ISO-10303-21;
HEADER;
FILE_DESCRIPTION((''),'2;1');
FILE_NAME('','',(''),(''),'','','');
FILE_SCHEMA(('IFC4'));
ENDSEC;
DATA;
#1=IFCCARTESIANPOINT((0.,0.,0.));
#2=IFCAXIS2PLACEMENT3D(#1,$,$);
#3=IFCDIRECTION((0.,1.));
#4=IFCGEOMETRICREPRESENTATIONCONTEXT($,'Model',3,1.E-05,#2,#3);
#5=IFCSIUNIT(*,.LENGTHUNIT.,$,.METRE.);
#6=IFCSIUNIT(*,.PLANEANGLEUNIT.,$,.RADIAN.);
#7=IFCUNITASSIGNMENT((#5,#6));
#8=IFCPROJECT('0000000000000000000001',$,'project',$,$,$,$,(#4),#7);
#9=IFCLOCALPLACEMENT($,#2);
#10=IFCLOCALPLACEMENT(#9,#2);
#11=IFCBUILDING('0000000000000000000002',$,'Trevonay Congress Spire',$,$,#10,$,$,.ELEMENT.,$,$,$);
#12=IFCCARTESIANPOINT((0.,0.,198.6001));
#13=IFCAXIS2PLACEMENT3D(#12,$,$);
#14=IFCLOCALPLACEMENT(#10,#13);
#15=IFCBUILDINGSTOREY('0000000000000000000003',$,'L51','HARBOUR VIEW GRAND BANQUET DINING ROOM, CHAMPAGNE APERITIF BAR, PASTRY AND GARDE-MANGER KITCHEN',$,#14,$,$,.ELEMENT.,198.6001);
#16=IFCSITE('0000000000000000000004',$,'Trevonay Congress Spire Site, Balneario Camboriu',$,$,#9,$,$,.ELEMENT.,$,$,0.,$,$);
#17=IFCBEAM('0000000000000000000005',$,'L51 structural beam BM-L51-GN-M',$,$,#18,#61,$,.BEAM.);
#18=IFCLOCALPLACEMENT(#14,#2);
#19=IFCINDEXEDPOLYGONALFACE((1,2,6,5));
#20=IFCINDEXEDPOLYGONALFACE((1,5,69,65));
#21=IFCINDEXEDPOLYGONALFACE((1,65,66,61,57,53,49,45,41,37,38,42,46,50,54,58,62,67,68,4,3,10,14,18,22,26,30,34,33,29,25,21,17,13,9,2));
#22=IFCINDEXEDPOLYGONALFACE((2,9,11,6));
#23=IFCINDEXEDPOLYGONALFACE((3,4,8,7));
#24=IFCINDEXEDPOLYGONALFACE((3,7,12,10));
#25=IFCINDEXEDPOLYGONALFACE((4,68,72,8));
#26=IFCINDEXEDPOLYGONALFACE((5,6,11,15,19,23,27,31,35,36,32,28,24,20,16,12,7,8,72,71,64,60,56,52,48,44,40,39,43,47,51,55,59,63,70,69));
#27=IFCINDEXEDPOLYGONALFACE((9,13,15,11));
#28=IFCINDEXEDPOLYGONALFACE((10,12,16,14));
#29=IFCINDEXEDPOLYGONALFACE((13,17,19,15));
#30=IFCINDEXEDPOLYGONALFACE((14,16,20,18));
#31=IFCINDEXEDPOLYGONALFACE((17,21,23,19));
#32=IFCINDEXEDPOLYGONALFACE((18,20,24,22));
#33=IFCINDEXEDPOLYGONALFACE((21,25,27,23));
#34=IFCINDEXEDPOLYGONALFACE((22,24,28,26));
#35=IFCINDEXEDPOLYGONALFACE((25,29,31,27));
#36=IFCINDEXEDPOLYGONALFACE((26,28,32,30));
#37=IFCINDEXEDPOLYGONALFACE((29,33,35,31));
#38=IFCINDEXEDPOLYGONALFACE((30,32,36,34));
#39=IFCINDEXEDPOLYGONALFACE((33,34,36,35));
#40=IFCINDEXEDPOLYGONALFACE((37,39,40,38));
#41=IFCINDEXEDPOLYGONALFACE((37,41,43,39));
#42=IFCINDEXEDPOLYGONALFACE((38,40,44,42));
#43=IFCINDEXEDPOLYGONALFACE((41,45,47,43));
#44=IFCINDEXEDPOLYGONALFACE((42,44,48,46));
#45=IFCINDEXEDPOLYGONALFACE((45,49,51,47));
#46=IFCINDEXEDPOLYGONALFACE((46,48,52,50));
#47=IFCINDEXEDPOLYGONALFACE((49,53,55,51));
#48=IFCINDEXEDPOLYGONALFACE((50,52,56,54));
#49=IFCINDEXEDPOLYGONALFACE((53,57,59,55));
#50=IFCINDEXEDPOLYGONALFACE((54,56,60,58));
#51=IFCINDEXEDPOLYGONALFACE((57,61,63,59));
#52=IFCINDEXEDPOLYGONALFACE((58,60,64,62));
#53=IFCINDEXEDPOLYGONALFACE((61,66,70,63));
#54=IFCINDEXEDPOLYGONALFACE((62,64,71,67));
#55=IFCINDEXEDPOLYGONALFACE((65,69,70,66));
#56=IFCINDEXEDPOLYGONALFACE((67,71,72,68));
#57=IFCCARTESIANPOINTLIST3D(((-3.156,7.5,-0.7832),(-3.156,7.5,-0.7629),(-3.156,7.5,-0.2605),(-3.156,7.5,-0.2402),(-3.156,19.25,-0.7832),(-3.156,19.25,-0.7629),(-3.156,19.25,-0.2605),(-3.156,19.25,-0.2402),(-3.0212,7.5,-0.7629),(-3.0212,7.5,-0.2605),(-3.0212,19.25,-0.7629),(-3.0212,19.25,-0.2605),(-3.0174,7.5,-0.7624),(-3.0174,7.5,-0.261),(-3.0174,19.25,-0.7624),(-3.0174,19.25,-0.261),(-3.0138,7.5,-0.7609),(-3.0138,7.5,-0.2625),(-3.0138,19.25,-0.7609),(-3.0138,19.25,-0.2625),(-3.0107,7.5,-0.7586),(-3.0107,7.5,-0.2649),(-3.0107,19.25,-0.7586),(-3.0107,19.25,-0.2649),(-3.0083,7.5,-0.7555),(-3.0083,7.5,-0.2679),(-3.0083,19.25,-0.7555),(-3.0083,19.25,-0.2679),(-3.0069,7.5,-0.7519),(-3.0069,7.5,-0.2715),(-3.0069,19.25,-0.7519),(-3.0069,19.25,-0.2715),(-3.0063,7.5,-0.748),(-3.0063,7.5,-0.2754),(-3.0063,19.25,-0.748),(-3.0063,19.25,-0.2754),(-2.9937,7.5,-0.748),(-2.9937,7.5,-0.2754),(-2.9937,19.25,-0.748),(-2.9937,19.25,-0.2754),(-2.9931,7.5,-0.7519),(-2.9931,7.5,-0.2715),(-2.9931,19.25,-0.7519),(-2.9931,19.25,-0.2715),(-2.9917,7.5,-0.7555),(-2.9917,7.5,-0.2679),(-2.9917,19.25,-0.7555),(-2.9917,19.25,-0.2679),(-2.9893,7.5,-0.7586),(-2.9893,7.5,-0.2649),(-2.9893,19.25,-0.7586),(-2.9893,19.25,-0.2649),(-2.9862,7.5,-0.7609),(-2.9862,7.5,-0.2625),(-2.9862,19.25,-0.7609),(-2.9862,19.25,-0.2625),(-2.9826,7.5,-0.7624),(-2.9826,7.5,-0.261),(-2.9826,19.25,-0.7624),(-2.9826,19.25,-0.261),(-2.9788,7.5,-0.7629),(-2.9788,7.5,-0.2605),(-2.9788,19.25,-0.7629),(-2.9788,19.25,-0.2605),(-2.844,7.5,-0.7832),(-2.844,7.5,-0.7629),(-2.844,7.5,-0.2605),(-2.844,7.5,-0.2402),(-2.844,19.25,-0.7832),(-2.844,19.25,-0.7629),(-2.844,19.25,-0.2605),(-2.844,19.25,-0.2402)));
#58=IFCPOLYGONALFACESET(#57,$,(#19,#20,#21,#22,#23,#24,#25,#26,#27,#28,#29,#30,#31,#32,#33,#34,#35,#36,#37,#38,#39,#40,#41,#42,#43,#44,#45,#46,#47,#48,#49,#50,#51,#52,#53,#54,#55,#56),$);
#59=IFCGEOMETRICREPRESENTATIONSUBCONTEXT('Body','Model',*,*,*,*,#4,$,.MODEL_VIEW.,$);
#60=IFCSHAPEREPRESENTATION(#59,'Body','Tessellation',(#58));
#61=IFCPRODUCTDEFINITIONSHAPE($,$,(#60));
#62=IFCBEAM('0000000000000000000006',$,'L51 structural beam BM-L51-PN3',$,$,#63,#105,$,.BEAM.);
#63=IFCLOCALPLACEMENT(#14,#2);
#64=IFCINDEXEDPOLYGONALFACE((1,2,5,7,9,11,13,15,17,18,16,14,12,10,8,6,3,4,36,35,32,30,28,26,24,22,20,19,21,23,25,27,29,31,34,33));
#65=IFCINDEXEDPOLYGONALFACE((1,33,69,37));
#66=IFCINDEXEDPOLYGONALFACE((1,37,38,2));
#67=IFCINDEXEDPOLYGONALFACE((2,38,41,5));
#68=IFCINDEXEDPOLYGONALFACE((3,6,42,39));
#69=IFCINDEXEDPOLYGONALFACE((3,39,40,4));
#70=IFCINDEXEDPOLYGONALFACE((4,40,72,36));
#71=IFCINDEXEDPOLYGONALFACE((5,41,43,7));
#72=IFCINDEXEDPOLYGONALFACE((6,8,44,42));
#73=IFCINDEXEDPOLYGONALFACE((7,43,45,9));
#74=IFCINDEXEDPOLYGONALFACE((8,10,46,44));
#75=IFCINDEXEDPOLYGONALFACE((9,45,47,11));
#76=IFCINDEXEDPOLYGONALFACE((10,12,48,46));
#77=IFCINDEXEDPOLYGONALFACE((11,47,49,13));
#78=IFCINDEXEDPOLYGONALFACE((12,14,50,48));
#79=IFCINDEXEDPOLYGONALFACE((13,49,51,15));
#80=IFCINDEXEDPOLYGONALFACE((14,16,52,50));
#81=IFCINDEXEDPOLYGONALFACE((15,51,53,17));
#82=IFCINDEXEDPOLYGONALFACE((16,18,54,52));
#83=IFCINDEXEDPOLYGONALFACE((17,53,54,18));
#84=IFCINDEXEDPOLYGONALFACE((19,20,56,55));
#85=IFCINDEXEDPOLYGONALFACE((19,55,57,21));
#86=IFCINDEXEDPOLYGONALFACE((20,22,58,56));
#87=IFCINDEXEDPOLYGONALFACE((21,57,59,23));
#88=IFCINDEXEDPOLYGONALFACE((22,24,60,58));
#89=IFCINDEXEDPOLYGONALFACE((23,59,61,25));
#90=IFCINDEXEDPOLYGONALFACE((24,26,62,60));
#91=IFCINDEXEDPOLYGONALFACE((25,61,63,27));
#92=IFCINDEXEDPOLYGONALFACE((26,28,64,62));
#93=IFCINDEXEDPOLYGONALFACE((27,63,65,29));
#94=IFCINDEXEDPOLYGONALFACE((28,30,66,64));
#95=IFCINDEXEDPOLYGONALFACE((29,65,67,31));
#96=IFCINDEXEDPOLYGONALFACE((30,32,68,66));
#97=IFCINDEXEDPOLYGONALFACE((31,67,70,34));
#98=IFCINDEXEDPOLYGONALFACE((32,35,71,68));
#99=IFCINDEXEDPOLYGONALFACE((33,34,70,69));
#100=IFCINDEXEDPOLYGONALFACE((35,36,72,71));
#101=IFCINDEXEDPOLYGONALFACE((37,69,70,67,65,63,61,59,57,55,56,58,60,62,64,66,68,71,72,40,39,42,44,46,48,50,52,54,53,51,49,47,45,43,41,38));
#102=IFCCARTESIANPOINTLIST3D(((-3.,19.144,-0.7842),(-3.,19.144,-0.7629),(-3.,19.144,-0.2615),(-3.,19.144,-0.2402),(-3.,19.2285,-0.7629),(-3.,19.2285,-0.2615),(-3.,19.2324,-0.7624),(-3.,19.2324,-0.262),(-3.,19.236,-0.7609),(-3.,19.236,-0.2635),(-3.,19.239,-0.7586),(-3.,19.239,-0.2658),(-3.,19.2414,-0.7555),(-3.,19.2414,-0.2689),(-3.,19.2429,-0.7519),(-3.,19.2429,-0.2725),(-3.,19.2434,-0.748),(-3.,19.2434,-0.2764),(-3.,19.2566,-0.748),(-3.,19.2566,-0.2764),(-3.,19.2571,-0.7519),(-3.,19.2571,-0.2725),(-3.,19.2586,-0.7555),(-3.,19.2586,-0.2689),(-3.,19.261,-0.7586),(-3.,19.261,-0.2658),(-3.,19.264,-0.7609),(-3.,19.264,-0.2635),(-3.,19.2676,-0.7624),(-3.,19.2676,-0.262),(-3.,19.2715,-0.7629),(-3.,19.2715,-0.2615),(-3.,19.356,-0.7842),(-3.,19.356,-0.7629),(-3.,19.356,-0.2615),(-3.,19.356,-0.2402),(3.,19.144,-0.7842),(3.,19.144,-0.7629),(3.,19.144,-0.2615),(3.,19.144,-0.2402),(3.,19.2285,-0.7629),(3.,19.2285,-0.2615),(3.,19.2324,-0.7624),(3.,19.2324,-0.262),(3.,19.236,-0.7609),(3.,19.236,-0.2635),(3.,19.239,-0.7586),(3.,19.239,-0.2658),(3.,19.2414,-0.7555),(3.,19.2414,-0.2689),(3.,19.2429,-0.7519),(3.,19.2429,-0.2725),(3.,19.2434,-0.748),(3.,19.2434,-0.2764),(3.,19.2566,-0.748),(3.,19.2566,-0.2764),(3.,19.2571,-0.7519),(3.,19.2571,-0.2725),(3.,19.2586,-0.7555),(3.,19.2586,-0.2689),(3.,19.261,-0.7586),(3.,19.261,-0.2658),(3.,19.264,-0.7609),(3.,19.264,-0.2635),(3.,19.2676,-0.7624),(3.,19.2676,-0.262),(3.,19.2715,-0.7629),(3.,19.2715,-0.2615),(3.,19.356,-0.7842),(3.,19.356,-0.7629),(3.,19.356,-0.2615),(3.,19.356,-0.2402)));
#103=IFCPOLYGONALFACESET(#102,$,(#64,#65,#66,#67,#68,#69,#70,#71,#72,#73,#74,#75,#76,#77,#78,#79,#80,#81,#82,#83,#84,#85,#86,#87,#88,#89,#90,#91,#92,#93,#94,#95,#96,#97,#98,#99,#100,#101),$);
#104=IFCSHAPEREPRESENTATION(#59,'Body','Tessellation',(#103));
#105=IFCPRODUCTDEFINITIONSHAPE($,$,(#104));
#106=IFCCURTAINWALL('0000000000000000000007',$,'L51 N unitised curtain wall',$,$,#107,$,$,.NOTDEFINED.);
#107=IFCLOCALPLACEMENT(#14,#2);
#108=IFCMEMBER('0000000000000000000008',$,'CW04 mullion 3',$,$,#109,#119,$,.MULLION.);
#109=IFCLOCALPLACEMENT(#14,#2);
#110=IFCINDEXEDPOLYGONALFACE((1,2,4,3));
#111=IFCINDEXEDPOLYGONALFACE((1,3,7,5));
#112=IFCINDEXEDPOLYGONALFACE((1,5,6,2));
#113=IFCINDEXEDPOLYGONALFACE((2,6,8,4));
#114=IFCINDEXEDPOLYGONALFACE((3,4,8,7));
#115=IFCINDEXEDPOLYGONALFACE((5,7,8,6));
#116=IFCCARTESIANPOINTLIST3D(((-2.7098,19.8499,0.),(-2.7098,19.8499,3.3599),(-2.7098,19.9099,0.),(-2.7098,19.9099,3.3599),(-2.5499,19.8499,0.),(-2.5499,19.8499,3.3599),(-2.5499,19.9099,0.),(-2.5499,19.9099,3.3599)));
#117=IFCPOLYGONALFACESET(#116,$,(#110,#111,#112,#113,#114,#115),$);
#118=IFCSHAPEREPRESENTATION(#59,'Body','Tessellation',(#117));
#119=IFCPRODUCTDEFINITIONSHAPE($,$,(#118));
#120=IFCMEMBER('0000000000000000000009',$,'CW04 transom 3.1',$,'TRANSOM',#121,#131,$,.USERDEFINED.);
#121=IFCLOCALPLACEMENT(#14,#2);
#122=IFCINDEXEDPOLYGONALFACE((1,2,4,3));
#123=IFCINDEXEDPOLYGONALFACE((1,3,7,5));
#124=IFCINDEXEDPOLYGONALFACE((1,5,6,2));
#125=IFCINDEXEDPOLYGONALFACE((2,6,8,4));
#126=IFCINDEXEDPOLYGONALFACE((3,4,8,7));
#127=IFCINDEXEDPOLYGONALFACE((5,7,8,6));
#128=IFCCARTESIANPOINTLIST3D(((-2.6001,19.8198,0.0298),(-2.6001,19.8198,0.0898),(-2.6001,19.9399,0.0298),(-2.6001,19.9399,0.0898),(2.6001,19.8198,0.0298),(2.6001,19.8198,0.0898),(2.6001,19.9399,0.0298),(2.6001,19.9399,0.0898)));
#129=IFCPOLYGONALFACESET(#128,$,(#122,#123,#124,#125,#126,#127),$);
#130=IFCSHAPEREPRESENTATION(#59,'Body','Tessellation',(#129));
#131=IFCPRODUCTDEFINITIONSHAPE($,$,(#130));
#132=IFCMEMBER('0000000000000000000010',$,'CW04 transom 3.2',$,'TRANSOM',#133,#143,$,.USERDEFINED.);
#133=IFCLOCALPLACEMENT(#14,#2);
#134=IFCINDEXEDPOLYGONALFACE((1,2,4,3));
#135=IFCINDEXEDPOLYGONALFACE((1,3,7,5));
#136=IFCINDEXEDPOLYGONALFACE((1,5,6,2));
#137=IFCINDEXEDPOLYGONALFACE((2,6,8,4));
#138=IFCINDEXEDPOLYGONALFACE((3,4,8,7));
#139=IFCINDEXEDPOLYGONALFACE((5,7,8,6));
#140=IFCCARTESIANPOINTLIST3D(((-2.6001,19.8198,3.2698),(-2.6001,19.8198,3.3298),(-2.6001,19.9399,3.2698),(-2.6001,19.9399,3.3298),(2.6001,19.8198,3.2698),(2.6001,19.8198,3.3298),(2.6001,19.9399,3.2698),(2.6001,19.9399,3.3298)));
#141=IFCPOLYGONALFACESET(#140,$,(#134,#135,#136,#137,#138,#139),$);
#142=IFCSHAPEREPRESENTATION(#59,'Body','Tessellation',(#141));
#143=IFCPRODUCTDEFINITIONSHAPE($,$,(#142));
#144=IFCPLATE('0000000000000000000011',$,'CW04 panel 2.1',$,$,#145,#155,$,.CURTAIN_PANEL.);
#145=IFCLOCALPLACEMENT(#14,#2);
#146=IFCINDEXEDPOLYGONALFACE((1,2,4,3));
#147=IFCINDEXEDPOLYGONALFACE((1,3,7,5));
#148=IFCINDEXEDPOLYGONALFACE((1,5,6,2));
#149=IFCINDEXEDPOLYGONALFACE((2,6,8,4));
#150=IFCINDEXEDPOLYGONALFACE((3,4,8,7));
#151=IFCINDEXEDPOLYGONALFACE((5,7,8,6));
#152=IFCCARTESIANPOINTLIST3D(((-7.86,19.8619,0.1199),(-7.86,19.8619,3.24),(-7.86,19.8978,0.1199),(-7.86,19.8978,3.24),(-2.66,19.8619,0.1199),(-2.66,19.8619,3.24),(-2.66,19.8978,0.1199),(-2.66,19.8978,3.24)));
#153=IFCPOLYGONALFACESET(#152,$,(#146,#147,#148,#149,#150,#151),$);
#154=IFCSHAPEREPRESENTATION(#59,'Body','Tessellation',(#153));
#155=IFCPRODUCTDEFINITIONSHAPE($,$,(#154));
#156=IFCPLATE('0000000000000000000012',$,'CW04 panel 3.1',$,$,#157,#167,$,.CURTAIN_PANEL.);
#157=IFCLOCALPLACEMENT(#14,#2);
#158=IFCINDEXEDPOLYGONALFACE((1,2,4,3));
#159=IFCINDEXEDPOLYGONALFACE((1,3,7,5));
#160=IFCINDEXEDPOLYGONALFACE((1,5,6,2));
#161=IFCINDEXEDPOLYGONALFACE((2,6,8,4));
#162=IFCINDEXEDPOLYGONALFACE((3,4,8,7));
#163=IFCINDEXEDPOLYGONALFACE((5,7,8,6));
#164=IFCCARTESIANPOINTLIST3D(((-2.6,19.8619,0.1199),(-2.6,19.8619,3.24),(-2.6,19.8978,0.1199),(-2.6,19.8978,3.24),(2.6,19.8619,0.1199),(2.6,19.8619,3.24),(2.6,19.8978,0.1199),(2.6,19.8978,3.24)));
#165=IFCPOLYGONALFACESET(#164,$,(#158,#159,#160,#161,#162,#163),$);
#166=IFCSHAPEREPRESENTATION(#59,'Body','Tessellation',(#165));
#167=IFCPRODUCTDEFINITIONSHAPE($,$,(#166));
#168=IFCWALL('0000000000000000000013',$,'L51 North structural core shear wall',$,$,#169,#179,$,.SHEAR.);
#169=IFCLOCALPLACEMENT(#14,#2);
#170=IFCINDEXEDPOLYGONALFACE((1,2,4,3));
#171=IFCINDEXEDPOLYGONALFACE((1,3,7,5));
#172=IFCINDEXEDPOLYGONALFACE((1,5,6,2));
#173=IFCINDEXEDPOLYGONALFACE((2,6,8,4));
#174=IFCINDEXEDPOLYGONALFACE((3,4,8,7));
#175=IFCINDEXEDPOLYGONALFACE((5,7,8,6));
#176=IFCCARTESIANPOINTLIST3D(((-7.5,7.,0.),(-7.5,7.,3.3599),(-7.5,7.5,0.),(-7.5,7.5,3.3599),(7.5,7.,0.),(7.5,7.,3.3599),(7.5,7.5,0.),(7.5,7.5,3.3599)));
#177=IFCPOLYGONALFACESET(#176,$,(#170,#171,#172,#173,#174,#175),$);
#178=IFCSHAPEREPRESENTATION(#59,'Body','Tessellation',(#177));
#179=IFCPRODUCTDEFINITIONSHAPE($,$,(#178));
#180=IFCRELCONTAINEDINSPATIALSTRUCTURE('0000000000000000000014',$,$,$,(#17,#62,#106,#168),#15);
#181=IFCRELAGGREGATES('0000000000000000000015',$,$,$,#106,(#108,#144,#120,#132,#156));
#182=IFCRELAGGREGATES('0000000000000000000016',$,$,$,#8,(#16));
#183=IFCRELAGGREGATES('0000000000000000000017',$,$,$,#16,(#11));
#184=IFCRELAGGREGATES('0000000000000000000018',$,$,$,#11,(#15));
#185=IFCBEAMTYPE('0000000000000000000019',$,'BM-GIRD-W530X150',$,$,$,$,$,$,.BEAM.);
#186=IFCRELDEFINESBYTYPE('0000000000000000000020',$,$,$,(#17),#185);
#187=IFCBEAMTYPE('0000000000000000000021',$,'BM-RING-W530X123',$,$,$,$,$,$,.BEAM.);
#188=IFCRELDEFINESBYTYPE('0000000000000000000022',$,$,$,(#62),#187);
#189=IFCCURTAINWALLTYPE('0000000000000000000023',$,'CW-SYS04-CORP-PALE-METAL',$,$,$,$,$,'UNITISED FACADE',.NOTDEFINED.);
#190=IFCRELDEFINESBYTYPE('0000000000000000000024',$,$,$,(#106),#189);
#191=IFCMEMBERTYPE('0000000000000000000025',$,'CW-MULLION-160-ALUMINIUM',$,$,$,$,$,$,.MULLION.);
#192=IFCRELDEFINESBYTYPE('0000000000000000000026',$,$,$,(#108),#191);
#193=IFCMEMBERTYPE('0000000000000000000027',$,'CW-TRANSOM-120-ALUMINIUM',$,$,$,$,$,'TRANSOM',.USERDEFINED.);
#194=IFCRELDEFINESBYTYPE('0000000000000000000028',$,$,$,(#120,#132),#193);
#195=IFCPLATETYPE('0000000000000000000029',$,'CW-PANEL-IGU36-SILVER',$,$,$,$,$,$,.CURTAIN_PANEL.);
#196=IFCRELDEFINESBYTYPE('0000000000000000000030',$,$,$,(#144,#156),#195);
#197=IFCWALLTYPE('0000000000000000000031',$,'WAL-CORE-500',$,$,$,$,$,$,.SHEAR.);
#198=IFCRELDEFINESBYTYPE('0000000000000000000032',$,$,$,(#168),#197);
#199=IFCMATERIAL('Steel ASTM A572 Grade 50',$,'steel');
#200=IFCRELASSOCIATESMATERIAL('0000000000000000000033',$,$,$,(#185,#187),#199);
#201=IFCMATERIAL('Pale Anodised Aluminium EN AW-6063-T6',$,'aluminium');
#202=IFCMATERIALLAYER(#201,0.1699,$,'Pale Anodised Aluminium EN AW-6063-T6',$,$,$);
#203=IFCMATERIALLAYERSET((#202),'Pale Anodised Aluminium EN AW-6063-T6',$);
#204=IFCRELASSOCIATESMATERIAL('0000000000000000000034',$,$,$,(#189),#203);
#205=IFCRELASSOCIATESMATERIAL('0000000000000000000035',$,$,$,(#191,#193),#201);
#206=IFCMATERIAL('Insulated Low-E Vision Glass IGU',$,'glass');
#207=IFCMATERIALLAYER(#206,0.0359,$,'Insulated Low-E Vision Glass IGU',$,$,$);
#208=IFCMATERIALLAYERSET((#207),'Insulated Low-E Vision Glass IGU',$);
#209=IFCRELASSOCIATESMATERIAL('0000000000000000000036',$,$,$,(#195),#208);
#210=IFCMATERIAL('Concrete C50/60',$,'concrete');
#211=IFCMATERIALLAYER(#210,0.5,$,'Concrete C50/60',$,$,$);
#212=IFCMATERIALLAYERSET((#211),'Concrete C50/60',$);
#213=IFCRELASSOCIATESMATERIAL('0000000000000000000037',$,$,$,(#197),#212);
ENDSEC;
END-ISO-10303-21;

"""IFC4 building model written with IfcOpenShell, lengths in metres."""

from ifc_helpers import new_model, si_unit, direction, frame, frame_2d, origin, origin_2d, place, context, subcontext, project, spatial, rectangle, i_section, extrude, material, layer, layer_set, material_profile, profile_set, type_object, element, aggregate, save


model = new_model("IFC4")

# Units and contexts
model_context = context("Model", 3, precision=1e-05, world=origin(), true_north=direction((0.0, 1.0)))
body_context = subcontext(model_context, "Body", "Model", "MODEL_VIEW")
ifc_project = project(units=[si_unit("LENGTHUNIT", "METRE"), si_unit("PLANEANGLEUNIT", "RADIAN")], contexts=[model_context])

# Site, building, storey
site_placement = place(None, origin())
site = spatial("IfcSite", under=ifc_project, at=site_placement, Name="Trevonay Congress Spire Site, Balneario Camboriu", CompositionType="ELEMENT", RefElevation=0.0)
building_placement = place(site_placement, origin())
building = spatial("IfcBuilding", under=site, at=building_placement, Name="Trevonay Congress Spire", CompositionType="ELEMENT")
storey_placement = place(building_placement, frame((0.0, 0.0, 198.6001)))
storey = spatial("IfcBuildingStorey", under=building, at=storey_placement, Name="L51", Description="HARBOUR VIEW GRAND BANQUET DINING ROOM, CHAMPAGNE APERITIF BAR, PASTRY AND GARDE-MANGER KITCHEN", CompositionType="ELEMENT", Elevation=198.6001)

# Shared definitions
ifc_material_1 = material(Name="Steel ASTM A572 Grade 50", Category="steel")

# Beams
ifc_material_profile_1 = material_profile(ifc_material_1, i_section(OverallWidth=0.312, OverallDepth=0.543, WebThickness=0.0127, FlangeThickness=0.0203, FilletRadius=0.0149, at=origin_2d()), Name="W530x150")
ifc_profile_set_1 = profile_set([ifc_material_profile_1], Name="Steel ASTM A572 Grade 50")
beam_type_1 = type_object("IfcBeamType", Name="BM-GIRD-W530X150", PredefinedType="BEAM", material=ifc_profile_set_1)
beam_1_placement = place(storey_placement, frame((-3.0, 7.5, -0.5117), z_axis=(0.0, 1.0, 0.0), x_axis=(-1.0, 0.0, 0.0)))
element("IfcBeam", 1, at=beam_1_placement, inside=storey, type_object=beam_type_1, Name="L51 structural beam BM-L51-GN-M", PredefinedType="BEAM", context=body_context, shape_type="SweptSolid", body=[
    extrude(i_section(OverallWidth=0.312, OverallDepth=0.543, WebThickness=0.0127, FlangeThickness=0.0203, FilletRadius=0.0149, at=origin_2d()), origin(), (0.0, 0.0, 1.0), 11.75),
])
ifc_material_profile_2 = material_profile(ifc_material_1, i_section(OverallWidth=0.2119, OverallDepth=0.5439, WebThickness=0.0132, FlangeThickness=0.0212, FilletRadius=0.0149, at=origin_2d()), Name="W530x123")
ifc_profile_set_2 = profile_set([ifc_material_profile_2], Name="Steel ASTM A572 Grade 50")
beam_type_2 = type_object("IfcBeamType", Name="BM-RING-W530X123", PredefinedType="BEAM", material=ifc_profile_set_2)
beam_2_placement = place(storey_placement, frame((-3.0, 19.25, -0.5122), z_axis=(1.0, 0.0, 0.0), x_axis=(0.0, 1.0, 0.0)))
element("IfcBeam", 2, at=beam_2_placement, inside=storey, type_object=beam_type_2, Name="L51 structural beam BM-L51-PN3", PredefinedType="BEAM", context=body_context, shape_type="SweptSolid", body=[
    extrude(i_section(OverallWidth=0.2119, OverallDepth=0.5439, WebThickness=0.0132, FlangeThickness=0.0212, FilletRadius=0.0149, at=origin_2d()), origin(), (0.0, 0.0, 1.0), 6.0),
])

# Curtain wall, members, plates
ifc_material_2 = material(Name="Pale Anodised Aluminium EN AW-6063-T6", Category="aluminium")
ifc_layer_1 = layer(ifc_material_2, 0.1699, Name="Pale Anodised Aluminium EN AW-6063-T6")
ifc_layer_set_1 = layer_set([ifc_layer_1], Name="Pale Anodised Aluminium EN AW-6063-T6")
curtain_wall_type = type_object("IfcCurtainWallType", Name="CW-SYS04-CORP-PALE-METAL", ElementType="UNITISED FACADE", PredefinedType="NOTDEFINED", material=ifc_layer_set_1)
curtain_wall_placement = place(storey_placement, origin())
curtain_wall = element("IfcCurtainWall", 3, at=curtain_wall_placement, inside=storey, type_object=curtain_wall_type, Name="L51 N unitised curtain wall", PredefinedType="NOTDEFINED")
ifc_material_profile_3 = material_profile(ifc_material_2, rectangle(XDim=0.0601, YDim=0.1599, at=origin_2d()), Name="CW-MULLION-160-ALUMINIUM")
ifc_profile_set_3 = profile_set([ifc_material_profile_3], Name="Pale Anodised Aluminium EN AW-6063-T6")
member_type_1 = type_object("IfcMemberType", Name="CW-MULLION-160-ALUMINIUM", PredefinedType="MULLION", material=ifc_profile_set_3)
member_1_placement = place(storey_placement, frame((-2.6299, 19.8799, 0.0), z_axis=(0.0, 0.0, 1.0), x_axis=(0.0, 1.0, 0.0)))
member_1 = element("IfcMember", 4, at=member_1_placement, type_object=member_type_1, Name="CW04 mullion 3", PredefinedType="MULLION", context=body_context, shape_type="SweptSolid", body=[
    extrude(rectangle(XDim=0.0601, YDim=0.1599, at=origin_2d()), origin(), (0.0, 0.0, 1.0), 3.3599),
])
ifc_material_profile_4 = material_profile(ifc_material_2, rectangle(XDim=0.1201, YDim=0.0601, at=origin_2d()), Name="CW-TRANSOM-120-ALUMINIUM")
ifc_profile_set_4 = profile_set([ifc_material_profile_4], Name="Pale Anodised Aluminium EN AW-6063-T6")
member_type_2 = type_object("IfcMemberType", Name="CW-TRANSOM-120-ALUMINIUM", ElementType="TRANSOM", PredefinedType="USERDEFINED", material=ifc_profile_set_4)
member_2_placement = place(storey_placement, frame((-2.6001, 19.8799, 0.0598), z_axis=(1.0, 0.0, 0.0), x_axis=(0.0, 1.0, 0.0)))
member_2 = element("IfcMember", 5, at=member_2_placement, type_object=member_type_2, Name="CW04 transom 3.1", ObjectType="TRANSOM", PredefinedType="USERDEFINED", context=body_context, shape_type="SweptSolid", body=[
    extrude(rectangle(XDim=0.1201, YDim=0.0601, at=origin_2d()), origin(), (0.0, 0.0, 1.0), 5.2002),
])
member_3_placement = place(storey_placement, frame((-2.6001, 19.8799, 3.2998), z_axis=(1.0, 0.0, 0.0), x_axis=(0.0, 1.0, 0.0)))
member_3 = element("IfcMember", 6, at=member_3_placement, type_object=member_type_2, Name="CW04 transom 3.2", ObjectType="TRANSOM", PredefinedType="USERDEFINED", context=body_context, shape_type="SweptSolid", body=[
    extrude(rectangle(XDim=0.1201, YDim=0.0601, at=origin_2d()), origin(), (0.0, 0.0, 1.0), 5.2002),
])
ifc_material_3 = material(Name="Insulated Low-E Vision Glass IGU", Category="glass")
ifc_layer_2 = layer(ifc_material_3, 0.0359, Name="Insulated Low-E Vision Glass IGU")
ifc_layer_set_2 = layer_set([ifc_layer_2], Name="Insulated Low-E Vision Glass IGU")
plate_type = type_object("IfcPlateType", Name="CW-PANEL-IGU36-SILVER", PredefinedType="CURTAIN_PANEL", material=ifc_layer_set_2)
plate_1_placement = place(storey_placement, frame((-5.26, 19.8799, 0.1199), z_axis=(0.0, 0.0, 1.0), x_axis=(1.0, 0.0, 0.0)))
plate_1 = element("IfcPlate", 7, at=plate_1_placement, type_object=plate_type, Name="CW04 panel 2.1", PredefinedType="CURTAIN_PANEL", context=body_context, shape_type="SweptSolid", body=[
    extrude(rectangle(XDim=5.2, YDim=0.0359, at=origin_2d()), origin(), (0.0, 0.0, 1.0), 3.1201),
])
plate_2_placement = place(storey_placement, frame((0.0, 19.8799, 0.1199), z_axis=(0.0, 0.0, 1.0), x_axis=(1.0, 0.0, 0.0)))
plate_2 = element("IfcPlate", 8, at=plate_2_placement, type_object=plate_type, Name="CW04 panel 3.1", PredefinedType="CURTAIN_PANEL", context=body_context, shape_type="SweptSolid", body=[
    extrude(rectangle(XDim=5.2, YDim=0.0359, at=origin_2d()), origin(), (0.0, 0.0, 1.0), 3.1201),
])
aggregate(curtain_wall, [member_1, plate_1, member_2, member_3, plate_2])

# Wall
ifc_material_4 = material(Name="Concrete C50/60", Category="concrete")
ifc_layer_3 = layer(ifc_material_4, 0.5, Name="Concrete C50/60")
ifc_layer_set_3 = layer_set([ifc_layer_3], Name="Concrete C50/60")
wall_type_1 = type_object("IfcWallType", Name="WAL-CORE-500", PredefinedType="SHEAR", material=ifc_layer_set_3)
wall_1_placement = place(storey_placement, frame((-7.5, 7.25, 0.0), z_axis=(0.0, 0.0, 1.0), x_axis=(1.0, 0.0, 0.0)))
element("IfcWall", 9, at=wall_1_placement, inside=storey, type_object=wall_type_1, Name="L51 North structural core shear wall", PredefinedType="SHEAR", context=body_context, shape_type="SweptSolid", body=[
    extrude(rectangle(XDim=15.0, YDim=0.5, at=frame_2d((7.5, 0.0))), origin(), (0.0, 0.0, 1.0), 3.3599),
])

save(model, "model.ifc")
